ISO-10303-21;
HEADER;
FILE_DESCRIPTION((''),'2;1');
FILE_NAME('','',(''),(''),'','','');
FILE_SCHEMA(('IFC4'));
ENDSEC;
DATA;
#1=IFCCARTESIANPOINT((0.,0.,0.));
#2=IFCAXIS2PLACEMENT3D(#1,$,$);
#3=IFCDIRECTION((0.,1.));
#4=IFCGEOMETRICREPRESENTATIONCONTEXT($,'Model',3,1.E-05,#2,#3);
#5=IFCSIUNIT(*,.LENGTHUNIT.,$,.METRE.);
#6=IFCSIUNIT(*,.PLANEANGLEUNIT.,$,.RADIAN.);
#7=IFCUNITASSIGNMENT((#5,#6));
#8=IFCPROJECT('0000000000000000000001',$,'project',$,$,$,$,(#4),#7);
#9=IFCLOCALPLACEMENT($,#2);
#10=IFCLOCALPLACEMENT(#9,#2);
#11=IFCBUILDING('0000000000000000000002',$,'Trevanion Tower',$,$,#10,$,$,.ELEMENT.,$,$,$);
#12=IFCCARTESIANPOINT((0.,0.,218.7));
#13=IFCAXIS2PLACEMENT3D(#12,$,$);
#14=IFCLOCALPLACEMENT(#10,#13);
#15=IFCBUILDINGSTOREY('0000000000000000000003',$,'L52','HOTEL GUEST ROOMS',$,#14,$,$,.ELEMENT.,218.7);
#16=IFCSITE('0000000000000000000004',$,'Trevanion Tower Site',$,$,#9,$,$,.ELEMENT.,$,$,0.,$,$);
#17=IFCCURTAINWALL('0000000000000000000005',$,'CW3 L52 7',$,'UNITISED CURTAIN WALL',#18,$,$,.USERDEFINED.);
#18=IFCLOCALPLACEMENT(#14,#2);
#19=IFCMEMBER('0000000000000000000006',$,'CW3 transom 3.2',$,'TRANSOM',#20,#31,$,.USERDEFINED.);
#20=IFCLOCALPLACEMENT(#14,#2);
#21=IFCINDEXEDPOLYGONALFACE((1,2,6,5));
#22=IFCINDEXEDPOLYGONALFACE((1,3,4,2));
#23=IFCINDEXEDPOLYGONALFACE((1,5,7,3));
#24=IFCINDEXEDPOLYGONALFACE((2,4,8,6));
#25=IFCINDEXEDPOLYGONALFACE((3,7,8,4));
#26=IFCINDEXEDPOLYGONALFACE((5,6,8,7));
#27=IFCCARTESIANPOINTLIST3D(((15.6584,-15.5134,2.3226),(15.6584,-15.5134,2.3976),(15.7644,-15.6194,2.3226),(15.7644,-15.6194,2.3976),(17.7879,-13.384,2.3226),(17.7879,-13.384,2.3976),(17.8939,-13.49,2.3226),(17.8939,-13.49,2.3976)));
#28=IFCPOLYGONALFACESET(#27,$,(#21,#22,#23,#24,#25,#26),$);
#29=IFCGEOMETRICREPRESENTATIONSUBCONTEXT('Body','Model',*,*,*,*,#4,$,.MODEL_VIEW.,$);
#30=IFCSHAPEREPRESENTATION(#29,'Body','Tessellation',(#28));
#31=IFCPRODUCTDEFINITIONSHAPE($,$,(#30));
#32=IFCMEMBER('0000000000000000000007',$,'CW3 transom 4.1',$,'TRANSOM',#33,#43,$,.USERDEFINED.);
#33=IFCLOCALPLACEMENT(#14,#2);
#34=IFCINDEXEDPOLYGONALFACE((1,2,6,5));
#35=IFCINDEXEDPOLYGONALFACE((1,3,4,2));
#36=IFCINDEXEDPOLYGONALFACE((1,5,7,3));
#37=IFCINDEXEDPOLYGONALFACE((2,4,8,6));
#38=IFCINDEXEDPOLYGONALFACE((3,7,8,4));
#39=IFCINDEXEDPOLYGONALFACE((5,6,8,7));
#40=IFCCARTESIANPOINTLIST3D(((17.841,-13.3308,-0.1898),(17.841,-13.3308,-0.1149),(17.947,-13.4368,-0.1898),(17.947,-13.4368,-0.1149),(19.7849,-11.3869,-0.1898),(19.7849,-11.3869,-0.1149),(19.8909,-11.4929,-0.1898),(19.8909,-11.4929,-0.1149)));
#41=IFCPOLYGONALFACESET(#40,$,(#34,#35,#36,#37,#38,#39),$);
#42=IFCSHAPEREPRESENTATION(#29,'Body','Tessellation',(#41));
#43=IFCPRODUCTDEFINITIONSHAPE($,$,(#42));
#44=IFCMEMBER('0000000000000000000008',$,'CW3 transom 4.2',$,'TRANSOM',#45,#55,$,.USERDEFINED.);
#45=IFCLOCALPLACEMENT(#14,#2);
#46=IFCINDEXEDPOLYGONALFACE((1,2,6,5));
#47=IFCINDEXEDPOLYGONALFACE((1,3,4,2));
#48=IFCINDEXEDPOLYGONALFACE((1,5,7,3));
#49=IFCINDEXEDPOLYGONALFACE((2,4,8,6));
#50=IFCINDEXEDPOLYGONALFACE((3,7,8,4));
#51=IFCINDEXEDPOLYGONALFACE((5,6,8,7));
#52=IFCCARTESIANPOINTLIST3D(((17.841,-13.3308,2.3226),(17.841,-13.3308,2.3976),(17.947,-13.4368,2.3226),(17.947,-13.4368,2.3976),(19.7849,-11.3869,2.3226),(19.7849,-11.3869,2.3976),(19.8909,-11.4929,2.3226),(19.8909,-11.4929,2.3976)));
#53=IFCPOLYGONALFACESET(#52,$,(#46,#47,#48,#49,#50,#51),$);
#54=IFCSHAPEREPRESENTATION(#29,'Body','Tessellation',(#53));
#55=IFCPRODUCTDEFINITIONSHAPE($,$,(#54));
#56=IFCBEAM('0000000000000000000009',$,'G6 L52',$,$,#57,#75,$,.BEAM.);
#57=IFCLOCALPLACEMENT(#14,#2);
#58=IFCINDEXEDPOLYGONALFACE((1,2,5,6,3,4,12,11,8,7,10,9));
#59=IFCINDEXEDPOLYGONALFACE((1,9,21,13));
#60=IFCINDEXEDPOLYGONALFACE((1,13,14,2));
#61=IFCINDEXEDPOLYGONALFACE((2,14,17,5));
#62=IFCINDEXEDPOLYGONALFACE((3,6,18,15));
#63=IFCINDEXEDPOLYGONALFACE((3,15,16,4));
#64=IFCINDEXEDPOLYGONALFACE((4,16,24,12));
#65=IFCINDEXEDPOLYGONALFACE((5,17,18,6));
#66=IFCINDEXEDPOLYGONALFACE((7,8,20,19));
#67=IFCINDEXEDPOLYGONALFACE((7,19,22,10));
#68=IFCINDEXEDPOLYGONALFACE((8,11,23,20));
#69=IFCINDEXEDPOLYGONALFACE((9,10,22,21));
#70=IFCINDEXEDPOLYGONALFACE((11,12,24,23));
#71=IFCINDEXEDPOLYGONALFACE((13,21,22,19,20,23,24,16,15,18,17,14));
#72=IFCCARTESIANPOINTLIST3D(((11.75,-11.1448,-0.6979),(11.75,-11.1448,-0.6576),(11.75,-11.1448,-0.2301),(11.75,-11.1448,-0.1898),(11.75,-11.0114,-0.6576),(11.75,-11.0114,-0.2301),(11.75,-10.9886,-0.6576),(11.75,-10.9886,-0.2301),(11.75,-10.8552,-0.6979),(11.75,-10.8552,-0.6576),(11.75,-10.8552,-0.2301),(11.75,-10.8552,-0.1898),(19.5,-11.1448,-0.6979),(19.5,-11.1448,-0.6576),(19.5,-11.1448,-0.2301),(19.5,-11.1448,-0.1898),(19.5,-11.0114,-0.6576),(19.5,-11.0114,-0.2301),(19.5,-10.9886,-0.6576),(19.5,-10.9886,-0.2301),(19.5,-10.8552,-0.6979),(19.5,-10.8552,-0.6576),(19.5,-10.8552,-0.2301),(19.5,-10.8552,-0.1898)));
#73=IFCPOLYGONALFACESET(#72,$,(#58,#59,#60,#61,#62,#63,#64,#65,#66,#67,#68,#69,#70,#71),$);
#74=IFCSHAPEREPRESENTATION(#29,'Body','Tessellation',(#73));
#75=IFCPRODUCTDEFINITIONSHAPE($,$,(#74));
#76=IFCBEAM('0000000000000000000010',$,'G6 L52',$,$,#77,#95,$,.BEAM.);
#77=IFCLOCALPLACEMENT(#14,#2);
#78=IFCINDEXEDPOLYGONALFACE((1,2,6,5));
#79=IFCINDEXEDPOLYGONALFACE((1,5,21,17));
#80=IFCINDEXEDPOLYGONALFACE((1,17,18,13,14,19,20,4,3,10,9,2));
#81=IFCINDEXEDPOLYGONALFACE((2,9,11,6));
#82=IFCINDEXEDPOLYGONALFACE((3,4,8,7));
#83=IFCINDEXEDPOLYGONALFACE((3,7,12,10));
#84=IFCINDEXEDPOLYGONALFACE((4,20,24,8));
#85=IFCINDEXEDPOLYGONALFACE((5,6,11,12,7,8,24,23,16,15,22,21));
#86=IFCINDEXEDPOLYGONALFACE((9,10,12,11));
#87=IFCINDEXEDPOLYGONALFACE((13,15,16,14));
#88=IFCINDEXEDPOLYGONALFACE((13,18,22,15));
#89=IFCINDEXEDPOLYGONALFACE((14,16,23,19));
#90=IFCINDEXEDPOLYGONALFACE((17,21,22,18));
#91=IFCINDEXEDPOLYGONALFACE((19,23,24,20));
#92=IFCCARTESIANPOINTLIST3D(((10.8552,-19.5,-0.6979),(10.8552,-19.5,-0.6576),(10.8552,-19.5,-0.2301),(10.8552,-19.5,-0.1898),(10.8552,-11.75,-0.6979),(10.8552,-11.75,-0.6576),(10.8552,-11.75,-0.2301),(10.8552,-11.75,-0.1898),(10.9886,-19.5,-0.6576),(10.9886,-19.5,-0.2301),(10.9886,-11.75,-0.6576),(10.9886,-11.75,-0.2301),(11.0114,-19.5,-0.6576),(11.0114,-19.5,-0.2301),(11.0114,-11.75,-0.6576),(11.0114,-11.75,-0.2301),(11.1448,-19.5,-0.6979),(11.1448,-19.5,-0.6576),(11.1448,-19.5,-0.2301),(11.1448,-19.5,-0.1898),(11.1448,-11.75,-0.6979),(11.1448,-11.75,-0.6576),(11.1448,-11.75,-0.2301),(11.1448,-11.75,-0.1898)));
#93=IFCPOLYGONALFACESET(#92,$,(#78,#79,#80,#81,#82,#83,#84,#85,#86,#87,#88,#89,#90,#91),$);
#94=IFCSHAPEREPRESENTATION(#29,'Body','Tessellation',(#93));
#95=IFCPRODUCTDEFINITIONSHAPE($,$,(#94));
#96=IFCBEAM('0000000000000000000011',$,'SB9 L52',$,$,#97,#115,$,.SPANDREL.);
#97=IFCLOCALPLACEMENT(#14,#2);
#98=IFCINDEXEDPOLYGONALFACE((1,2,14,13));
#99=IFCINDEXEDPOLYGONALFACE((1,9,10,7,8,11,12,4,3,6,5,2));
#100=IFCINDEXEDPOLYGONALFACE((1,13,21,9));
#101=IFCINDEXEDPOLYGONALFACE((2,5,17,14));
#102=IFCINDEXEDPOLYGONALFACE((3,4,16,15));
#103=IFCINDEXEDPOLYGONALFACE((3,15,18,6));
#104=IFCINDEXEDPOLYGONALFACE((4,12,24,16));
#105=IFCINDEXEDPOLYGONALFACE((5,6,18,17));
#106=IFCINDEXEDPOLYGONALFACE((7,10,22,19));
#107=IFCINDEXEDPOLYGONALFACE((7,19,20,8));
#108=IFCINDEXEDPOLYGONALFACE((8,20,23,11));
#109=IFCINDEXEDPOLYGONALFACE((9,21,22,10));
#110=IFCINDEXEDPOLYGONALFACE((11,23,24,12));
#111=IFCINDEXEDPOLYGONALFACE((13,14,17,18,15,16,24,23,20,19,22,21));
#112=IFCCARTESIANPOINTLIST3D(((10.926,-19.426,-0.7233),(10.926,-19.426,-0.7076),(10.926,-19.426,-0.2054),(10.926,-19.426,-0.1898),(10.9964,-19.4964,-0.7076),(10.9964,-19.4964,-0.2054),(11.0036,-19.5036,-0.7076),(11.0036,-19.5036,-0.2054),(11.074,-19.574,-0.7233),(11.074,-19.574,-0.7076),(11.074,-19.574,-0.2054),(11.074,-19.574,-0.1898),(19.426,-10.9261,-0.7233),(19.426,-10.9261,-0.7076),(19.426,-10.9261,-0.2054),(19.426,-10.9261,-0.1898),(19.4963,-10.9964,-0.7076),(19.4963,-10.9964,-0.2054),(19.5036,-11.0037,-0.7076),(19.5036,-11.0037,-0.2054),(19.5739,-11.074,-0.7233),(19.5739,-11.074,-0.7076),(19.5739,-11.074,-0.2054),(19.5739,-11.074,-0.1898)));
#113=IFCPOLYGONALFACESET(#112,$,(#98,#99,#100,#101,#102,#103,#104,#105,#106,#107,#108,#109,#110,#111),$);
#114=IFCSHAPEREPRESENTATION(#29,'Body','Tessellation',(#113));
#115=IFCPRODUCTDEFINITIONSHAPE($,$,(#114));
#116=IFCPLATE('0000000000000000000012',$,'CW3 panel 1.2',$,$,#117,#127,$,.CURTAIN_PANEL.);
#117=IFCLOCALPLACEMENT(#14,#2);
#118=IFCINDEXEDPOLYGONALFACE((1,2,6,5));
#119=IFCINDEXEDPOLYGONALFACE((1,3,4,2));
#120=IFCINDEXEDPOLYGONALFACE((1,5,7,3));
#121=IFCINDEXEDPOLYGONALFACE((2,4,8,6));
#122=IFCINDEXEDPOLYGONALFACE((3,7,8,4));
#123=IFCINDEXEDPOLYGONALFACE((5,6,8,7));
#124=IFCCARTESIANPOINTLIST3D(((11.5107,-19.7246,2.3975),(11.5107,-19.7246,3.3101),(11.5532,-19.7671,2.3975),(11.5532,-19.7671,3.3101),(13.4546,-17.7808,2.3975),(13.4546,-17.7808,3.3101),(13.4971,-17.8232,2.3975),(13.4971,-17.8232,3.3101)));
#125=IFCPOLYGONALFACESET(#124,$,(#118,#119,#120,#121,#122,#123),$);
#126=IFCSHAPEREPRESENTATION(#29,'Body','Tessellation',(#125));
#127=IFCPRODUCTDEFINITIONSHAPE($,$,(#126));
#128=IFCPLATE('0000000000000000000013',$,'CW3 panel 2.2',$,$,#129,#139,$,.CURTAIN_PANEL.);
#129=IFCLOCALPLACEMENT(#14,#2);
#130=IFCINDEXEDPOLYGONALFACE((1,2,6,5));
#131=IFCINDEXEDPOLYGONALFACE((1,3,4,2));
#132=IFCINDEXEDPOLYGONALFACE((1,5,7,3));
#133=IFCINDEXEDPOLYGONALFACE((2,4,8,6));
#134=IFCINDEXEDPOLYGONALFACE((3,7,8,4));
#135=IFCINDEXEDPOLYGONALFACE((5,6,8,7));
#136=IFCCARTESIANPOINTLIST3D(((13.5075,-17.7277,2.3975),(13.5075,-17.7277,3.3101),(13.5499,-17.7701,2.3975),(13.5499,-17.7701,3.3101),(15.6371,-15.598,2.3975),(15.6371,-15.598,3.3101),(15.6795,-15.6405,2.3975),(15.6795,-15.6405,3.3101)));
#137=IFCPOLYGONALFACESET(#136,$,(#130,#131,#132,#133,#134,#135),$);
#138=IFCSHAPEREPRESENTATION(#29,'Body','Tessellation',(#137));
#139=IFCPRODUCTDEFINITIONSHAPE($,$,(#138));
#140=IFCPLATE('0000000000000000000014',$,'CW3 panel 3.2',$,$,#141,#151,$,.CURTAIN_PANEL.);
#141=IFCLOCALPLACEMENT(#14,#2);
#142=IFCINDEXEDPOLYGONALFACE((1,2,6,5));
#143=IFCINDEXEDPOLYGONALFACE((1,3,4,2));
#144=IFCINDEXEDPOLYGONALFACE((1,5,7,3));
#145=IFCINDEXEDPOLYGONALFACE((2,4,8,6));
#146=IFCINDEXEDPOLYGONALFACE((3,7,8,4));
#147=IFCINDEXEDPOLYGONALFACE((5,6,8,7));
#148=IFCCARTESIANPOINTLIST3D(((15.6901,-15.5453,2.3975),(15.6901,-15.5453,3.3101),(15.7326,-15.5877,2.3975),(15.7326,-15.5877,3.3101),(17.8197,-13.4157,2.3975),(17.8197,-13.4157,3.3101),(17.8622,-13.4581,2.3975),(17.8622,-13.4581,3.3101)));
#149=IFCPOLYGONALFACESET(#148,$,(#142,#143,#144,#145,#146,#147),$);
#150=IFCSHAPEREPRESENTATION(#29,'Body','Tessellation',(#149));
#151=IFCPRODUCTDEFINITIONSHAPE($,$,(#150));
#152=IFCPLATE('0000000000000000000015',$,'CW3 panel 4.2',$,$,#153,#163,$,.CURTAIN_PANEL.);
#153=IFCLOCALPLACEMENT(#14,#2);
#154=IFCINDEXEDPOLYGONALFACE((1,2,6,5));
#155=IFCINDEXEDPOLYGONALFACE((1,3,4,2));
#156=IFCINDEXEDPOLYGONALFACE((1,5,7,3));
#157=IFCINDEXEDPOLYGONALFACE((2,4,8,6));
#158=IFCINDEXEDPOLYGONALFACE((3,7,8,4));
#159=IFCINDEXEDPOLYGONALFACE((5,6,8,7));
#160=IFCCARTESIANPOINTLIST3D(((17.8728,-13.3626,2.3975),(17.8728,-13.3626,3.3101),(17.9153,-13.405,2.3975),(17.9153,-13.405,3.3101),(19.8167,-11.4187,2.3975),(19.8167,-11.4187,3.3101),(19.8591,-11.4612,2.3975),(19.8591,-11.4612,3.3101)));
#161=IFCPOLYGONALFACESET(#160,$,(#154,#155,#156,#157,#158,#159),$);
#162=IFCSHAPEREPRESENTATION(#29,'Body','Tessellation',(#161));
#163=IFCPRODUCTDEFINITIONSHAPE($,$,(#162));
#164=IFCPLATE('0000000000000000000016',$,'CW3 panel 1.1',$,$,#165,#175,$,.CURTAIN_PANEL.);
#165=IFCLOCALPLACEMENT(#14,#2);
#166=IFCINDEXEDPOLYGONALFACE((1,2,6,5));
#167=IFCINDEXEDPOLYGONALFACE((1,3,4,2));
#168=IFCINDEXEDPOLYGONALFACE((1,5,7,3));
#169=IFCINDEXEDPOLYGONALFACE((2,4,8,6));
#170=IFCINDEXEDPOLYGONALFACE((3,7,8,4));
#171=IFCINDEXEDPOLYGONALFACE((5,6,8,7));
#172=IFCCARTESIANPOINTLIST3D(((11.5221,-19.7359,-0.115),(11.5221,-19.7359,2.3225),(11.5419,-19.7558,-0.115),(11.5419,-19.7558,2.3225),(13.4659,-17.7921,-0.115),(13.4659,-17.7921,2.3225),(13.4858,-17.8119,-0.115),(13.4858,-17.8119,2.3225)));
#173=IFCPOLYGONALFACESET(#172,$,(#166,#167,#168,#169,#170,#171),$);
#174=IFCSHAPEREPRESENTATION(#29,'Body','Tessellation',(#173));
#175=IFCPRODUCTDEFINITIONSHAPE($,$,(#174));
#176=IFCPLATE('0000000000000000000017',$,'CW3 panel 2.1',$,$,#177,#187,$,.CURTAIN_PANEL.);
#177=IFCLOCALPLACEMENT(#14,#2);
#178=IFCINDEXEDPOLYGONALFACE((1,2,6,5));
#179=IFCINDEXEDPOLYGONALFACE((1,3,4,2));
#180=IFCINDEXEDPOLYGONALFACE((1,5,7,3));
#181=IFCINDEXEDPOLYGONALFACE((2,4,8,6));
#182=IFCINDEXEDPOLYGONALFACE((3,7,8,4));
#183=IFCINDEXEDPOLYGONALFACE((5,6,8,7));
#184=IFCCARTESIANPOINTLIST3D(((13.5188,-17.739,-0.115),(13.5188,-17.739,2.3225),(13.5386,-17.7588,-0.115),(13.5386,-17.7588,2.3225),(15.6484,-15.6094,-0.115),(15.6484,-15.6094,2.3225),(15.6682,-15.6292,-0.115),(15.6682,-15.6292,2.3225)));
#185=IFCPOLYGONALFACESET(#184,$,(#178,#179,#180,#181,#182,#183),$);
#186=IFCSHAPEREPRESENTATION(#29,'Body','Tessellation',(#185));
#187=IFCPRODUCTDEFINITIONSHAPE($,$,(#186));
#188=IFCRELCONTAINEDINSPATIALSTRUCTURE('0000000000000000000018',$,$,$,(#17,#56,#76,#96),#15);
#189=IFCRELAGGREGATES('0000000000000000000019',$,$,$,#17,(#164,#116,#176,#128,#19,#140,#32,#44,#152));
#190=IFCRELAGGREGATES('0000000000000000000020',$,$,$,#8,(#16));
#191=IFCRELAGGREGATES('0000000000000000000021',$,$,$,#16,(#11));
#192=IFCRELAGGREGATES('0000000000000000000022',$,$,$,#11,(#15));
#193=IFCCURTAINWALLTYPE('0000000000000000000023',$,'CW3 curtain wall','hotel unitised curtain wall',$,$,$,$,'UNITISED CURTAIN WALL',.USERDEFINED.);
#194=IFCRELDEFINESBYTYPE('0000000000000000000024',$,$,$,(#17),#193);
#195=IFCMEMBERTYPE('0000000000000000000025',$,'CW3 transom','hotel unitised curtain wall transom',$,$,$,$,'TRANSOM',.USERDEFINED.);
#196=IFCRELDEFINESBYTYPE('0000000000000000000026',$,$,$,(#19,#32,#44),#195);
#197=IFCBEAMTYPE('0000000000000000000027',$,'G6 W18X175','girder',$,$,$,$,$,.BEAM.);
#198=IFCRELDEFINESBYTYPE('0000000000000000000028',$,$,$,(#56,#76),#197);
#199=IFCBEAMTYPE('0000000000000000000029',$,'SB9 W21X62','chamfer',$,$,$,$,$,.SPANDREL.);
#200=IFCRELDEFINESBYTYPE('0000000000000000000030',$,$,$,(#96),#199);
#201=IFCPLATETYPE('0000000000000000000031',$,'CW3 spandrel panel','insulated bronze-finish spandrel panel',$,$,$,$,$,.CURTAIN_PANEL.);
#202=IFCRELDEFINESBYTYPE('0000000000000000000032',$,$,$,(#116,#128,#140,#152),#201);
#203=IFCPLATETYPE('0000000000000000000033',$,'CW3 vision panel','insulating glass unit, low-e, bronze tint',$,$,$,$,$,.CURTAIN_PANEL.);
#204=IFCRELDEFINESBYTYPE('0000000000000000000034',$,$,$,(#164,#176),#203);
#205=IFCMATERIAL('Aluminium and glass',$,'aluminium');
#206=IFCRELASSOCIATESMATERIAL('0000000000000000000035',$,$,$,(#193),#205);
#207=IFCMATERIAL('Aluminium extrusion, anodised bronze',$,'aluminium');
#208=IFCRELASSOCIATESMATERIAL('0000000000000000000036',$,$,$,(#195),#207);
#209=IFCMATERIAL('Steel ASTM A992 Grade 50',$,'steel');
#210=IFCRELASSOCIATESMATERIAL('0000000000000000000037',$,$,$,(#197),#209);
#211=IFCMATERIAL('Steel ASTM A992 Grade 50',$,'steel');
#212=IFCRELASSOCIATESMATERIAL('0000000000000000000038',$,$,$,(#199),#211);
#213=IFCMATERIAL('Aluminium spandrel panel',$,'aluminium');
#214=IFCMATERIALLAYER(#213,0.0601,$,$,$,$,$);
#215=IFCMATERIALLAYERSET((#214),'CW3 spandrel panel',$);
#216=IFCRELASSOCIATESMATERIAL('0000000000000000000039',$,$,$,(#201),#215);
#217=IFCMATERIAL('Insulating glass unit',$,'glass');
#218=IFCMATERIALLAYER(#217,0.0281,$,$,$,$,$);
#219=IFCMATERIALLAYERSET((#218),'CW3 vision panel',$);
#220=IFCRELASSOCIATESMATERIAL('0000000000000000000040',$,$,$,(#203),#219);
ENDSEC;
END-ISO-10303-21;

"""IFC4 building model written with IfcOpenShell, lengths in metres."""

from ifc_helpers import new_model, si_unit, direction, frame, origin, origin_2d, place, context, subcontext, project, spatial, rectangle, i_section, extrude, material, layer, layer_set, material_profile, profile_set, type_object, element, aggregate, save


model = new_model("IFC4")

# Units and contexts
model_context = context("Model", 3, precision=1e-05, world=origin(), true_north=direction((0.0, 1.0)))
body_context = subcontext(model_context, "Body", "Model", "MODEL_VIEW")
ifc_project = project(units=[si_unit("LENGTHUNIT", "METRE"), si_unit("PLANEANGLEUNIT", "RADIAN")], contexts=[model_context])

# Site, building, storey
site_placement = place(None, origin())
site = spatial("IfcSite", under=ifc_project, at=site_placement, Name="Trevanion Tower Site", CompositionType="ELEMENT", RefElevation=0.0)
building_placement = place(site_placement, origin())
building = spatial("IfcBuilding", under=site, at=building_placement, Name="Trevanion Tower", CompositionType="ELEMENT")
storey_placement = place(building_placement, frame((0.0, 0.0, 218.7)))
storey = spatial("IfcBuildingStorey", under=building, at=storey_placement, Name="L52", Description="HOTEL GUEST ROOMS", CompositionType="ELEMENT", Elevation=218.7)

# Curtain wall
ifc_material_1 = material(Name="Aluminium and glass", Category="aluminium")
curtain_wall_type = type_object("IfcCurtainWallType", Name="CW3 curtain wall", Description="hotel unitised curtain wall", ElementType="UNITISED CURTAIN WALL", PredefinedType="USERDEFINED", material=ifc_material_1)
curtain_wall_1_placement = place(storey_placement, origin())
curtain_wall_1 = element("IfcCurtainWall", 1, at=curtain_wall_1_placement, inside=storey, type_object=curtain_wall_type, Name="CW3 L52 7", ObjectType="UNITISED CURTAIN WALL", PredefinedType="USERDEFINED")

# Members
ifc_material_2 = material(Name="Aluminium extrusion, anodised bronze", Category="aluminium")
ifc_material_profile_1 = material_profile(ifc_material_2, rectangle(XDim=0.1499, YDim=0.075, at=origin_2d()), Name="CW3 transom")
ifc_profile_set_1 = profile_set([ifc_material_profile_1], Name="Aluminium extrusion, anodised bronze")
member_type_1 = type_object("IfcMemberType", Name="CW3 transom", Description="hotel unitised curtain wall transom", ElementType="TRANSOM", PredefinedType="USERDEFINED", material=ifc_profile_set_1)
member_1_placement = place(storey_placement, frame((15.7114, -15.5664, 2.3601), z_axis=(0.707107, 0.707107, 0.0), x_axis=(-0.707107, 0.707107, 0.0)))
member_1 = element("IfcMember", 2, at=member_1_placement, type_object=member_type_1, Name="CW3 transom 3.2", ObjectType="TRANSOM", PredefinedType="USERDEFINED", context=body_context, shape_type="SweptSolid", body=[
    extrude(rectangle(XDim=0.1499, YDim=0.075, at=origin_2d()), origin(), (0.0, 0.0, 1.0), 3.0115),
])
member_2_placement = place(storey_placement, frame((17.894, -13.3838, -0.1523), z_axis=(0.707107, 0.707107, 0.0), x_axis=(-0.707107, 0.707107, 0.0)))
member_2 = element("IfcMember", 3, at=member_2_placement, type_object=member_type_1, Name="CW3 transom 4.1", ObjectType="TRANSOM", PredefinedType="USERDEFINED", context=body_context, shape_type="SweptSolid", body=[
    extrude(rectangle(XDim=0.1499, YDim=0.075, at=origin_2d()), origin(), (0.0, 0.0, 1.0), 2.749),
])
member_3_placement = place(storey_placement, frame((17.894, -13.3838, 2.3601), z_axis=(0.707107, 0.707107, 0.0), x_axis=(-0.707107, 0.707107, 0.0)))
member_3 = element("IfcMember", 4, at=member_3_placement, type_object=member_type_1, Name="CW3 transom 4.2", ObjectType="TRANSOM", PredefinedType="USERDEFINED", context=body_context, shape_type="SweptSolid", body=[
    extrude(rectangle(XDim=0.1499, YDim=0.075, at=origin_2d()), origin(), (0.0, 0.0, 1.0), 2.749),
])

# Beams
ifc_material_3 = material(Name="Steel ASTM A992 Grade 50", Category="steel")
ifc_material_profile_2 = material_profile(ifc_material_3, i_section(OverallWidth=0.2896, OverallDepth=0.5081, WebThickness=0.0227, FlangeThickness=0.0403, at=origin_2d()), Name="W18X175")
ifc_profile_set_2 = profile_set([ifc_material_profile_2], Name="Steel ASTM A992 Grade 50")
beam_type_1 = type_object("IfcBeamType", Name="G6 W18X175", Description="girder", PredefinedType="BEAM", material=ifc_profile_set_2)
for number, where, z_axis, x_axis, name in (
    (5, (11.75, -11.0, -0.4438), (1.0, 0.0, 0.0), (0.0, 1.0, 0.0), "G6 L52"),
    (6, (11.0, -11.75, -0.4438), (0.0, -1.0, 0.0), (1.0, 0.0, 0.0), "G6 L52"),
):
    element("IfcBeam", number, at=place(storey_placement, frame(where, z_axis=z_axis, x_axis=x_axis)), inside=storey, type_object=beam_type_1, Name=name, PredefinedType="BEAM", context=body_context, shape_type="SweptSolid", body=[
        extrude(i_section(OverallWidth=0.2896, OverallDepth=0.5081, WebThickness=0.0227, FlangeThickness=0.0403, at=origin_2d()), origin(), (0.0, 0.0, 1.0), 7.75),
    ])
ifc_material_4 = material(Name="Steel ASTM A992 Grade 50", Category="steel")
ifc_material_profile_3 = material_profile(ifc_material_4, i_section(OverallWidth=0.2092, OverallDepth=0.5334, WebThickness=0.0103, FlangeThickness=0.0156, at=origin_2d()), Name="W21X62")
ifc_profile_set_3 = profile_set([ifc_material_profile_3], Name="Steel ASTM A992 Grade 50")
beam_type_2 = type_object("IfcBeamType", Name="SB9 W21X62", Description="chamfer", PredefinedType="SPANDREL", material=ifc_profile_set_3)
beam_1_placement = place(storey_placement, frame((11.0, -19.5, -0.4565), z_axis=(0.707107, 0.707107, 0.0), x_axis=(-0.707107, 0.707107, 0.0)))
element("IfcBeam", 7, at=beam_1_placement, inside=storey, type_object=beam_type_2, Name="SB9 L52", PredefinedType="SPANDREL", context=body_context, shape_type="SweptSolid", body=[
    extrude(i_section(OverallWidth=0.2092, OverallDepth=0.5334, WebThickness=0.0103, FlangeThickness=0.0156, at=origin_2d()), origin(), (0.0, 0.0, 1.0), 12.0208),
])

# Plates
ifc_material_5 = material(Name="Aluminium spandrel panel", Category="aluminium")
ifc_layer_1 = layer(ifc_material_5, 0.0601)
ifc_layer_set_1 = layer_set([ifc_layer_1], Name="CW3 spandrel panel")
plate_type_1 = type_object("IfcPlateType", Name="CW3 spandrel panel", Description="insulated bronze-finish spandrel panel", PredefinedType="CURTAIN_PANEL", material=ifc_layer_set_1)
plate_1_placement = place(storey_placement, frame((12.5039, -18.7739, 2.3975), z_axis=(0.0, 0.0, 1.0), x_axis=(0.707107, 0.707107, 0.0)))
plate_1 = element("IfcPlate", 8, at=plate_1_placement, type_object=plate_type_1, Name="CW3 panel 1.2", PredefinedType="CURTAIN_PANEL", context=body_context, shape_type="SweptSolid", body=[
    extrude(rectangle(XDim=2.749, YDim=0.0601, at=origin_2d()), origin(), (0.0, 0.0, 1.0), 0.9126),
])
plate_2_placement = place(storey_placement, frame((14.5935, -16.6841, 2.3975), z_axis=(0.0, 0.0, 1.0), x_axis=(0.707107, 0.707107, 0.0)))
plate_2 = element("IfcPlate", 9, at=plate_2_placement, type_object=plate_type_1, Name="CW3 panel 2.2", PredefinedType="CURTAIN_PANEL", context=body_context, shape_type="SweptSolid", body=[
    extrude(rectangle(XDim=3.0117, YDim=0.0601, at=origin_2d()), origin(), (0.0, 0.0, 1.0), 0.9126),
])
plate_3_placement = place(storey_placement, frame((16.7761, -14.5017, 2.3975), z_axis=(0.0, 0.0, 1.0), x_axis=(0.707107, 0.707107, 0.0)))
plate_3 = element("IfcPlate", 10, at=plate_3_placement, type_object=plate_type_1, Name="CW3 panel 3.2", PredefinedType="CURTAIN_PANEL", context=body_context, shape_type="SweptSolid", body=[
    extrude(rectangle(XDim=3.0117, YDim=0.0601, at=origin_2d()), origin(), (0.0, 0.0, 1.0), 0.9126),
])
plate_4_placement = place(storey_placement, frame((18.866, -12.4119, 2.3975), z_axis=(0.0, 0.0, 1.0), x_axis=(0.707107, 0.707107, 0.0)))
plate_4 = element("IfcPlate", 11, at=plate_4_placement, type_object=plate_type_1, Name="CW3 panel 4.2", PredefinedType="CURTAIN_PANEL", context=body_context, shape_type="SweptSolid", body=[
    extrude(rectangle(XDim=2.749, YDim=0.0601, at=origin_2d()), origin(), (0.0, 0.0, 1.0), 0.9126),
])
ifc_material_6 = material(Name="Insulating glass unit", Category="glass")
ifc_layer_2 = layer(ifc_material_6, 0.0281)
ifc_layer_set_2 = layer_set([ifc_layer_2], Name="CW3 vision panel")
plate_type_2 = type_object("IfcPlateType", Name="CW3 vision panel", Description="insulating glass unit, low-e, bronze tint", PredefinedType="CURTAIN_PANEL", material=ifc_layer_set_2)
plate_5_placement = place(storey_placement, frame((12.5039, -18.7739, -0.115), z_axis=(0.0, 0.0, 1.0), x_axis=(0.707107, 0.707107, 0.0)))
plate_5 = element("IfcPlate", 12, at=plate_5_placement, type_object=plate_type_2, Name="CW3 panel 1.1", PredefinedType="CURTAIN_PANEL", context=body_context, shape_type="SweptSolid", body=[
    extrude(rectangle(XDim=2.749, YDim=0.0281, at=origin_2d()), origin(), (0.0, 0.0, 1.0), 2.4375),
])
plate_6_placement = place(storey_placement, frame((14.5935, -16.6841, -0.115), z_axis=(0.0, 0.0, 1.0), x_axis=(0.707107, 0.707107, 0.0)))
plate_6 = element("IfcPlate", 13, at=plate_6_placement, type_object=plate_type_2, Name="CW3 panel 2.1", PredefinedType="CURTAIN_PANEL", context=body_context, shape_type="SweptSolid", body=[
    extrude(rectangle(XDim=3.0117, YDim=0.0281, at=origin_2d()), origin(), (0.0, 0.0, 1.0), 2.4375),
])
aggregate(curtain_wall_1, [plate_5, plate_1, plate_6, plate_2, member_1, plate_3, member_2, member_3, plate_4])

save(model, "model.ifc")
